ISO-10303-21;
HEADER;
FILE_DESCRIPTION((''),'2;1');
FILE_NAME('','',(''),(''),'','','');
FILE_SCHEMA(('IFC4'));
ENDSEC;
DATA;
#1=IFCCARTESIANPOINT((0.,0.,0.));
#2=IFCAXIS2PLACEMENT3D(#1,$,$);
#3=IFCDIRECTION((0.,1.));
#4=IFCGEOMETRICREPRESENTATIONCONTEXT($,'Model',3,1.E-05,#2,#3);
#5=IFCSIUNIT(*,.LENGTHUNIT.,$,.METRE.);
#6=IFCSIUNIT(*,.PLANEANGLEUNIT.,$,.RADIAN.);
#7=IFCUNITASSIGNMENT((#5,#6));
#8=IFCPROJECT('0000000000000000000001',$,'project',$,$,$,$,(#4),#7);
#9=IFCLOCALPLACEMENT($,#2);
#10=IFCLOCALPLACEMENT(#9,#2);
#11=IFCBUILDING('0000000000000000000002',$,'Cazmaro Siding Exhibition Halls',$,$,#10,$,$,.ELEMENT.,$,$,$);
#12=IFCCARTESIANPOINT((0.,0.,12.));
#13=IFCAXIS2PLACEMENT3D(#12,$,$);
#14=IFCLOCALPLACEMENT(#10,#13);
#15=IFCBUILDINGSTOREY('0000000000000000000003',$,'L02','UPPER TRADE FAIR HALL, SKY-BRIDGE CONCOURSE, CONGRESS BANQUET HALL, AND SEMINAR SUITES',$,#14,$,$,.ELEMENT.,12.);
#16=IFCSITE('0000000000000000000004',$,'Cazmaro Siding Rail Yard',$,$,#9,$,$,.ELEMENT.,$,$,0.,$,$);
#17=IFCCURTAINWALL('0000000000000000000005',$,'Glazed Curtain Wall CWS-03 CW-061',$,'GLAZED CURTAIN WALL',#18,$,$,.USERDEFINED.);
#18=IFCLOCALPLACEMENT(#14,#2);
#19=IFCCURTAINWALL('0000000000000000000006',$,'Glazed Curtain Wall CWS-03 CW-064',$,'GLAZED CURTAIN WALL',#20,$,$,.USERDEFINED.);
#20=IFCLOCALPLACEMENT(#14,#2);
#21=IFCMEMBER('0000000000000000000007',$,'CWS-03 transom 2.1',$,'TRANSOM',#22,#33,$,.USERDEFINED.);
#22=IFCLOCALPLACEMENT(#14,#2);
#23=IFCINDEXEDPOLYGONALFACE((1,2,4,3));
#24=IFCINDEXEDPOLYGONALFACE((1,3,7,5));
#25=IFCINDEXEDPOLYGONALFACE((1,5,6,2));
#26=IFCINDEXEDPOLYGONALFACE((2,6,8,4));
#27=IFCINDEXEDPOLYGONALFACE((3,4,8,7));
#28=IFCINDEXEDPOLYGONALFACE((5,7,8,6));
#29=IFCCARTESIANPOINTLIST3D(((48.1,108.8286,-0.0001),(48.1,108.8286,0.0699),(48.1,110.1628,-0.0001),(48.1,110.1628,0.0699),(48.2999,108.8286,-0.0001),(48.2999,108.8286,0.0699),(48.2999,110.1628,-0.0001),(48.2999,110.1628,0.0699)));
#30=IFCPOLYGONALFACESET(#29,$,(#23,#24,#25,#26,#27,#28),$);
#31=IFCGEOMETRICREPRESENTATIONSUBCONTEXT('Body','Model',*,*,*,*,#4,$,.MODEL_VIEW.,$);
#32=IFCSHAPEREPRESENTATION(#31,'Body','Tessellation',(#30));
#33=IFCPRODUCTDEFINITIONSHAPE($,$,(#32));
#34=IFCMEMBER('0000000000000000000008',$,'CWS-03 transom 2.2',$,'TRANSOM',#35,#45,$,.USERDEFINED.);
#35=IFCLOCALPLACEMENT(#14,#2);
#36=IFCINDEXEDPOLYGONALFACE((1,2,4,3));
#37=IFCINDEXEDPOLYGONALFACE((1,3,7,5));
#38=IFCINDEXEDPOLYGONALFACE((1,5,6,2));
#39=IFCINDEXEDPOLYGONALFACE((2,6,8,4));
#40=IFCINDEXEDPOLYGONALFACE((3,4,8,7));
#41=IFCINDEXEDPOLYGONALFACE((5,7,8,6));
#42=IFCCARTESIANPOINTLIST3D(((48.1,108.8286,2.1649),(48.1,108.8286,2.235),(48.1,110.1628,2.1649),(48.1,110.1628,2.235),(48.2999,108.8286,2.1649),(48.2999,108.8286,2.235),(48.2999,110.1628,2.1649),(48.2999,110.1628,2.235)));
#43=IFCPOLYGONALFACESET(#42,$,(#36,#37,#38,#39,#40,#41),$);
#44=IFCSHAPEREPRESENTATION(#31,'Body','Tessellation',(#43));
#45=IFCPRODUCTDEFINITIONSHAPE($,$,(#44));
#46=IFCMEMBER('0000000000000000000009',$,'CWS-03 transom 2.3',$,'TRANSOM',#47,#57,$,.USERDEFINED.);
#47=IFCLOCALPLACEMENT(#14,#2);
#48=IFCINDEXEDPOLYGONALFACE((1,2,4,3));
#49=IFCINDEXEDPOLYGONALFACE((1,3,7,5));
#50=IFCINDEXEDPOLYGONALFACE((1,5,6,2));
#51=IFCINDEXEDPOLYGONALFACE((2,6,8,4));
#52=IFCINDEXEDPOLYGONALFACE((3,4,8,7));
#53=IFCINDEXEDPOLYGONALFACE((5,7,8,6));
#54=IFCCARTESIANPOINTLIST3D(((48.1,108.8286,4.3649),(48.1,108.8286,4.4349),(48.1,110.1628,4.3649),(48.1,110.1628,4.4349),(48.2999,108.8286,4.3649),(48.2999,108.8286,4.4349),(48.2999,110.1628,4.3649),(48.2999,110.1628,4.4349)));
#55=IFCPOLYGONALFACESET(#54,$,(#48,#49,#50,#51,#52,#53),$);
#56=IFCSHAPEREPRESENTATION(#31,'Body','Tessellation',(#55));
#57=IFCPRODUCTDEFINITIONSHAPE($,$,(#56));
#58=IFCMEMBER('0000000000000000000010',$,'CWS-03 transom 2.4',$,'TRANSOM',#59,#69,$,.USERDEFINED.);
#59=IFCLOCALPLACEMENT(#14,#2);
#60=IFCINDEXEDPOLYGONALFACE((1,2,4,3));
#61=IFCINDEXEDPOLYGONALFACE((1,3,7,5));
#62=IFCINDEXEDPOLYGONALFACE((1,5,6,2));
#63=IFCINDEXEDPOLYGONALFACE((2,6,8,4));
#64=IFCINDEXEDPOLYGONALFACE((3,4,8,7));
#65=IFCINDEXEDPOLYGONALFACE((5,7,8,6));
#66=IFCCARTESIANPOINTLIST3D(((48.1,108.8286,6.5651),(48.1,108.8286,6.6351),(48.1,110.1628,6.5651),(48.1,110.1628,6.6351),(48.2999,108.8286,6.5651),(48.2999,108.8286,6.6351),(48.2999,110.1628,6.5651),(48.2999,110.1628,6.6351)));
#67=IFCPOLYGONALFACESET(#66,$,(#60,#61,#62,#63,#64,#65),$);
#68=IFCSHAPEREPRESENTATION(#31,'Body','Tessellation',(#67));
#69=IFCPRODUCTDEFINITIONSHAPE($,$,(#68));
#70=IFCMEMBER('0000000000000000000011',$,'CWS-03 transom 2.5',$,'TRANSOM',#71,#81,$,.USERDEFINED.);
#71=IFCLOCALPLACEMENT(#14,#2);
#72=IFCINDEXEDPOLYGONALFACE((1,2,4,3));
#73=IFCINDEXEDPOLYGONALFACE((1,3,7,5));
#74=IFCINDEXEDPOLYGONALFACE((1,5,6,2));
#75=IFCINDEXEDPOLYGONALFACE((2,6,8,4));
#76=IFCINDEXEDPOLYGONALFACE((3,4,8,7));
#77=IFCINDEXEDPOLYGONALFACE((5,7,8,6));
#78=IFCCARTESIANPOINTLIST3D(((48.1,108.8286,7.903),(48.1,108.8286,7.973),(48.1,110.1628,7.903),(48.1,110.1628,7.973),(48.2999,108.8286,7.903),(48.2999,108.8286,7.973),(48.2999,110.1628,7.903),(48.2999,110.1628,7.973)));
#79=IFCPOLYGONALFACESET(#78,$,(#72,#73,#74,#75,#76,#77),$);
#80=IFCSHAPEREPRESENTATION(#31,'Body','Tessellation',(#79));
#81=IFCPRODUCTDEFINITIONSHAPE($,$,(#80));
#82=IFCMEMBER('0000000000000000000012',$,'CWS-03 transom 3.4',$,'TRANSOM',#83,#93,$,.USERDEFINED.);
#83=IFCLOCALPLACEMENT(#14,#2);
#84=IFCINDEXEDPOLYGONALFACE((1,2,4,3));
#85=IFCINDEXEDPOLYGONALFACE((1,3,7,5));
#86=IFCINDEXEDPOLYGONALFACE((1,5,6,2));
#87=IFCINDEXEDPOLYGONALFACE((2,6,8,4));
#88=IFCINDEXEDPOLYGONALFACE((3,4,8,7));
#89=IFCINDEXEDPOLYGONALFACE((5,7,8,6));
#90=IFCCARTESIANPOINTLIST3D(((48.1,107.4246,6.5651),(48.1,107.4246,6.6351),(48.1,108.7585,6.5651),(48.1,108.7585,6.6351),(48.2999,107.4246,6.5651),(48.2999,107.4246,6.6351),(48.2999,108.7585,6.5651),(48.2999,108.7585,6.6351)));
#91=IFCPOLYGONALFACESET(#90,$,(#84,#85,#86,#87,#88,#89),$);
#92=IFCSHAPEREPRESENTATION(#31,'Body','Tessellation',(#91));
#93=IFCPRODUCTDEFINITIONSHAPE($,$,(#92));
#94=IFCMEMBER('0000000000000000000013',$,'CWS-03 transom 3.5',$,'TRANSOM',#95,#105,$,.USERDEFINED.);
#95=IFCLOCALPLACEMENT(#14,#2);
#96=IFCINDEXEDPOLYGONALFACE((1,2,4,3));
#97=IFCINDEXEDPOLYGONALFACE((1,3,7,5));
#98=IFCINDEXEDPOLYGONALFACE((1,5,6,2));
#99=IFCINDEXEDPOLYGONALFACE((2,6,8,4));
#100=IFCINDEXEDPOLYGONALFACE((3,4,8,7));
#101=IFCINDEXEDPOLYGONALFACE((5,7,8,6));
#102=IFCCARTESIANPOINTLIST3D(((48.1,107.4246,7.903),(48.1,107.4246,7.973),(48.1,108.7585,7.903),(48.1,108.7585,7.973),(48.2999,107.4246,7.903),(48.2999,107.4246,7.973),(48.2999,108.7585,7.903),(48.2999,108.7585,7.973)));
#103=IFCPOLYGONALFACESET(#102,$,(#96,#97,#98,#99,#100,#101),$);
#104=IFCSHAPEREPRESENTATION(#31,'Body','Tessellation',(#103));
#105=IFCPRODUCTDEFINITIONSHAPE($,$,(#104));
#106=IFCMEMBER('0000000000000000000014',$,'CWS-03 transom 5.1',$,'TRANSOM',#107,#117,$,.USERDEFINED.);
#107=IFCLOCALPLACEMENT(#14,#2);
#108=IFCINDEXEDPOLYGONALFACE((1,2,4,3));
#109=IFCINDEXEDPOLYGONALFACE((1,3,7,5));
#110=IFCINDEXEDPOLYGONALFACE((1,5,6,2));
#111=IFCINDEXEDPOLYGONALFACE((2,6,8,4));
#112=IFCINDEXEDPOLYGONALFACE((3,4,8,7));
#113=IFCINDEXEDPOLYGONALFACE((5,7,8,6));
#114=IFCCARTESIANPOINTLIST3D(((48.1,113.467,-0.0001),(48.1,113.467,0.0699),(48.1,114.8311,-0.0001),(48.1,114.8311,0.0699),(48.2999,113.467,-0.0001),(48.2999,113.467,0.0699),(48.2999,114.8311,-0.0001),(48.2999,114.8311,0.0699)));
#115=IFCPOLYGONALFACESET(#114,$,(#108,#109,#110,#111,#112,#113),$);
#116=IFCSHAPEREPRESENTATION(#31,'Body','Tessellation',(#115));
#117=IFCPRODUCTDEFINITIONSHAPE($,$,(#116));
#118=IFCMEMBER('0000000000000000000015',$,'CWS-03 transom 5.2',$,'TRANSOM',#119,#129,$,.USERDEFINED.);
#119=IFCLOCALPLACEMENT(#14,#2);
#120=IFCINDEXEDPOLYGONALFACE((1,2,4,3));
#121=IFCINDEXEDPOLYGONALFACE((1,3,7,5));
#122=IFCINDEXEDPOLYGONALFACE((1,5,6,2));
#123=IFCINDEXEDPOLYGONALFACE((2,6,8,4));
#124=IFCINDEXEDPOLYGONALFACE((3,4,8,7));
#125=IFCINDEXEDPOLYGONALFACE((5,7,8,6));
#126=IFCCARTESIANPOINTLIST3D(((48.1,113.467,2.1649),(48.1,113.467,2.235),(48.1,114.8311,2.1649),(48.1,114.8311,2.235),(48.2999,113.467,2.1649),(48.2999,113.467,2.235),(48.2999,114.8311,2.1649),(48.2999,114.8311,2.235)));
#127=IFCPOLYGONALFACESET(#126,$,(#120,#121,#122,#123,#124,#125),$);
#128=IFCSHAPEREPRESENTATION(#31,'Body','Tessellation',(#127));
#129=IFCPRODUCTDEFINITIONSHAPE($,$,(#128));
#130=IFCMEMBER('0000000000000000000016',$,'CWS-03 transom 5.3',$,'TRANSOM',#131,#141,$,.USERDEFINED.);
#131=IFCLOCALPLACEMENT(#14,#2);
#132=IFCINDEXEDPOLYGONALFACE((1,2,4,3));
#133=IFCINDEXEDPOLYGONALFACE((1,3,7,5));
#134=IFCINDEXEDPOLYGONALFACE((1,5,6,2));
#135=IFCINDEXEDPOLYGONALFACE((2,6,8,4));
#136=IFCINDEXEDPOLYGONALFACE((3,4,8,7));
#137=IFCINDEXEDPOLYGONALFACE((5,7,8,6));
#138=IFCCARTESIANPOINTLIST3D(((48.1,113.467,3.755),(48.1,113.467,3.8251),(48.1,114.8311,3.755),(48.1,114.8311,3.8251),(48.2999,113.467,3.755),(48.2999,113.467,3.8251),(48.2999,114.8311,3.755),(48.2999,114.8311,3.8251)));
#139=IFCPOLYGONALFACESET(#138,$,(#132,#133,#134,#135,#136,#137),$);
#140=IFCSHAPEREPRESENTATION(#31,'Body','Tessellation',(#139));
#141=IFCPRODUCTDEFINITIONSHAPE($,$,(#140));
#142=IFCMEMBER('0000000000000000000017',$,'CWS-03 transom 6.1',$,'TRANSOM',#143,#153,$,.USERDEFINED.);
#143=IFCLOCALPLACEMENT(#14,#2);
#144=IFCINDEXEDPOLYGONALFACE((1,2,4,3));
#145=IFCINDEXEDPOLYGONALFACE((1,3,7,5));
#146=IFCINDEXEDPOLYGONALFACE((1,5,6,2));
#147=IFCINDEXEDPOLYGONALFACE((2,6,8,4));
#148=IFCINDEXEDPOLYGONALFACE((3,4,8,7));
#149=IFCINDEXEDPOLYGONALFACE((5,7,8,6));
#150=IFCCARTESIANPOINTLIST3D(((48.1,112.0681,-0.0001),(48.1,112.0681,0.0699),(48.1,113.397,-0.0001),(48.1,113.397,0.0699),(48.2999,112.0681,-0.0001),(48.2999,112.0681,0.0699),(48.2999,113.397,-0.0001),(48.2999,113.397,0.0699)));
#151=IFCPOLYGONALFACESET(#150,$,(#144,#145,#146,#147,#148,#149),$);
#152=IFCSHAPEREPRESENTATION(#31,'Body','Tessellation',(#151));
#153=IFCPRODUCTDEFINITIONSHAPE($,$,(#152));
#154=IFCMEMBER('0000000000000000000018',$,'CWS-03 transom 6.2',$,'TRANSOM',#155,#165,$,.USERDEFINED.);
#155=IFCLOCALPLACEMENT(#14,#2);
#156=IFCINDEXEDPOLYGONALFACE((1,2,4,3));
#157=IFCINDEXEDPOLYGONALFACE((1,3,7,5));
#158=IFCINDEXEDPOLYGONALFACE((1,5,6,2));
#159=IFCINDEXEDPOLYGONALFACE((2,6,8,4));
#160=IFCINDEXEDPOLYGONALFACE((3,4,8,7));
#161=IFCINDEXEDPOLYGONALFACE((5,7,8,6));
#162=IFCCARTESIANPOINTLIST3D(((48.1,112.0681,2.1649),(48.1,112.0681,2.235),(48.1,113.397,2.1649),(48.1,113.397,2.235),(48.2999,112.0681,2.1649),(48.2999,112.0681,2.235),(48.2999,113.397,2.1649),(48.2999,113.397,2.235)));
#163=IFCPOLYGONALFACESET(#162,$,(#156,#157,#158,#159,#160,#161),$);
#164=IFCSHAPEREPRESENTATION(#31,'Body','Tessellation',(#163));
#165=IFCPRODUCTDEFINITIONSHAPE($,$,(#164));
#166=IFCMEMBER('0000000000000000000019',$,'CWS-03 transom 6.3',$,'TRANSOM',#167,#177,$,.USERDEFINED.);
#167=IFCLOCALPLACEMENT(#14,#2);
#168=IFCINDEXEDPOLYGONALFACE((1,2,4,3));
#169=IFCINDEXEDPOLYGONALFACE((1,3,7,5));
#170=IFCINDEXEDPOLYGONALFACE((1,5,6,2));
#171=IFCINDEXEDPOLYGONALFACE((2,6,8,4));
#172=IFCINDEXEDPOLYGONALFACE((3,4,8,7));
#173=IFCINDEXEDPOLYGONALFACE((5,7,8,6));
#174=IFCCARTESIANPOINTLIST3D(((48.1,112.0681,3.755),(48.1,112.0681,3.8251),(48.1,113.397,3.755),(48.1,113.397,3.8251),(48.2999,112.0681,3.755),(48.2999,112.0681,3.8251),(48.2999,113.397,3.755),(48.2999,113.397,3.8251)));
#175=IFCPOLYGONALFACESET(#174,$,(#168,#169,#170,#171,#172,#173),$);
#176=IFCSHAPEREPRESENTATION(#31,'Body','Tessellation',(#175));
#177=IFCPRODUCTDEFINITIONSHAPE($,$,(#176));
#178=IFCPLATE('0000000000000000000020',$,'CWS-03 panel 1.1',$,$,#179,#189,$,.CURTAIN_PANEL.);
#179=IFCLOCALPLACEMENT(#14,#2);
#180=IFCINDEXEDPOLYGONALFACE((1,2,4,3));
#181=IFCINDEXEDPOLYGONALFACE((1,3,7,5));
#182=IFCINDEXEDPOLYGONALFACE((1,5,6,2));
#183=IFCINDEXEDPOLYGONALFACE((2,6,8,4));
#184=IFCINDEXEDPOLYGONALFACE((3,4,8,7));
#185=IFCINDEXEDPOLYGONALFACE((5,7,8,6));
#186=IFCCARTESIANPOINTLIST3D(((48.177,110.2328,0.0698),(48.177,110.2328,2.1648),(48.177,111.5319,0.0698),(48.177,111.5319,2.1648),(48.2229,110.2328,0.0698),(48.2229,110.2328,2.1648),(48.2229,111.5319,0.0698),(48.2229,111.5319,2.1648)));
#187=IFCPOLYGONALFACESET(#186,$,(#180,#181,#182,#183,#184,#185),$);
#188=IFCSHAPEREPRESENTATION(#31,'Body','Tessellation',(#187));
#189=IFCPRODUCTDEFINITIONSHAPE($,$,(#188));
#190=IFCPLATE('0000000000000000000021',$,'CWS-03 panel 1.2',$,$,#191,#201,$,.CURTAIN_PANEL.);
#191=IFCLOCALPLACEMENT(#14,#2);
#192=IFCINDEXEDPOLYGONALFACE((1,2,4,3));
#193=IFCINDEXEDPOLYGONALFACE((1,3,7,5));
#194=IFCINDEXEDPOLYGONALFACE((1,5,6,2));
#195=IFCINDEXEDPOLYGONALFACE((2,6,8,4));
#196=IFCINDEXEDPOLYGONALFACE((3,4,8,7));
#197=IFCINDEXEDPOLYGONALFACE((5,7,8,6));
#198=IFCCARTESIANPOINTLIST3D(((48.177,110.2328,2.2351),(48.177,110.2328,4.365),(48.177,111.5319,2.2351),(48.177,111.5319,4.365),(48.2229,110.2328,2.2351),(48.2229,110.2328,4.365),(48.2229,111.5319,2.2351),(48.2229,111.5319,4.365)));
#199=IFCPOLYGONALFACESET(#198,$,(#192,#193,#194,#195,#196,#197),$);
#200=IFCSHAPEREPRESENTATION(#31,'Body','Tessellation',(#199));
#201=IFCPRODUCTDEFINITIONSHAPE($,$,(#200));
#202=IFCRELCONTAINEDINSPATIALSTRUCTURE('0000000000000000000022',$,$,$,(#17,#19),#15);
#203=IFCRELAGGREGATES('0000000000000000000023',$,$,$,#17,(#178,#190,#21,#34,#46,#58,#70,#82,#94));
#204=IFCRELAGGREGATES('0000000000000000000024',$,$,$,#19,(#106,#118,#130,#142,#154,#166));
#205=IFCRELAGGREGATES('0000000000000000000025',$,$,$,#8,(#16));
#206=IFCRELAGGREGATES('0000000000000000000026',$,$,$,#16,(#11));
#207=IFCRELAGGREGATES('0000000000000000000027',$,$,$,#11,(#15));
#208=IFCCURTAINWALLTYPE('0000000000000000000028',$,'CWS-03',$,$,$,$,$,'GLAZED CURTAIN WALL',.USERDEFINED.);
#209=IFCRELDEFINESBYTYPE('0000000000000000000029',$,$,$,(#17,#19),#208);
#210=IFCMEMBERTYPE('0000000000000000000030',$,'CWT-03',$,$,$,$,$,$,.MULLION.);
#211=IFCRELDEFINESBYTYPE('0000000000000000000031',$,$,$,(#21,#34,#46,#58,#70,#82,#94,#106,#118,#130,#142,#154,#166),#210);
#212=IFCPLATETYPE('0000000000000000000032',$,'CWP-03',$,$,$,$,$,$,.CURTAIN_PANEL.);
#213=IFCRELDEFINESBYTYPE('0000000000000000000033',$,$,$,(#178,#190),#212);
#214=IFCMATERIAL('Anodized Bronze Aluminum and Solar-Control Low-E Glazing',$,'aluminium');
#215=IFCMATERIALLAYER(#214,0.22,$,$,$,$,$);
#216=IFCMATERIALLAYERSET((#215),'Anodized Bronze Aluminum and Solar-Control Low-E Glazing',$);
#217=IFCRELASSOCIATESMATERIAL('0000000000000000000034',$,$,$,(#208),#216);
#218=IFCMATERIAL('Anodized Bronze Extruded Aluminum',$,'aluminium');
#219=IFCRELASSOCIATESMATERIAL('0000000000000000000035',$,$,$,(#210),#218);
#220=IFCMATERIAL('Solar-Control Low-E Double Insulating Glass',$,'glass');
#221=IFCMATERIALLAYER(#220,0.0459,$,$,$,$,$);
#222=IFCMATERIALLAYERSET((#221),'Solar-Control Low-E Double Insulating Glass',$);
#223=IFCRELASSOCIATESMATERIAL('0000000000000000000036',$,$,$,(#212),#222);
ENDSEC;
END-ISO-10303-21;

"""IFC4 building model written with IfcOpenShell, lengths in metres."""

from ifc_helpers import new_model, si_unit, direction, frame, origin, origin_2d, place, context, subcontext, project, spatial, rectangle, extrude, material, layer, layer_set, material_profile, profile_set, type_object, element, aggregate, save


model = new_model("IFC4")

# Units and contexts
model_context = context("Model", 3, precision=1e-05, world=origin(), true_north=direction((0.0, 1.0)))
body_context = subcontext(model_context, "Body", "Model", "MODEL_VIEW")
ifc_project = project(units=[si_unit("LENGTHUNIT", "METRE"), si_unit("PLANEANGLEUNIT", "RADIAN")], contexts=[model_context])

# Site, building, storey
site_placement = place(None, origin())
site = spatial("IfcSite", under=ifc_project, at=site_placement, Name="Cazmaro Siding Rail Yard", CompositionType="ELEMENT", RefElevation=0.0)
building_placement = place(site_placement, origin())
building = spatial("IfcBuilding", under=site, at=building_placement, Name="Cazmaro Siding Exhibition Halls", CompositionType="ELEMENT")
storey_placement = place(building_placement, frame((0.0, 0.0, 12.0)))
storey = spatial("IfcBuildingStorey", under=building, at=storey_placement, Name="L02", Description="UPPER TRADE FAIR HALL, SKY-BRIDGE CONCOURSE, CONGRESS BANQUET HALL, AND SEMINAR SUITES", CompositionType="ELEMENT", Elevation=12.0)

# Curtain walls
ifc_material_1 = material(Name="Anodized Bronze Aluminum and Solar-Control Low-E Glazing", Category="aluminium")
ifc_layer_1 = layer(ifc_material_1, 0.22)
ifc_layer_set_1 = layer_set([ifc_layer_1], Name="Anodized Bronze Aluminum and Solar-Control Low-E Glazing")
curtain_wall_type = type_object("IfcCurtainWallType", Name="CWS-03", ElementType="GLAZED CURTAIN WALL", PredefinedType="USERDEFINED", material=ifc_layer_set_1)
curtain_wall_1_placement = place(storey_placement, origin())
curtain_wall_1 = element("IfcCurtainWall", 1, at=curtain_wall_1_placement, inside=storey, type_object=curtain_wall_type, Name="Glazed Curtain Wall CWS-03 CW-061", ObjectType="GLAZED CURTAIN WALL", PredefinedType="USERDEFINED")
curtain_wall_2_placement = place(storey_placement, origin())
curtain_wall_2 = element("IfcCurtainWall", 2, at=curtain_wall_2_placement, inside=storey, type_object=curtain_wall_type, Name="Glazed Curtain Wall CWS-03 CW-064", ObjectType="GLAZED CURTAIN WALL", PredefinedType="USERDEFINED")

# Members
ifc_material_2 = material(Name="Anodized Bronze Extruded Aluminum", Category="aluminium")
ifc_material_profile_1 = material_profile(ifc_material_2, rectangle(XDim=0.2, YDim=0.0701, at=origin_2d()), Name="CWT-03")
ifc_profile_set_1 = profile_set([ifc_material_profile_1], Name="Anodized Bronze Extruded Aluminum")
member_type_1 = type_object("IfcMemberType", Name="CWT-03", PredefinedType="MULLION", material=ifc_profile_set_1)
member_1_placement = place(storey_placement, frame((48.2, 110.1628, 0.0349), z_axis=(0.0, -1.0, 0.0), x_axis=(1.0, 0.0, 0.0)))
member_1 = element("IfcMember", 3, at=member_1_placement, type_object=member_type_1, Name="CWS-03 transom 2.1", ObjectType="TRANSOM", PredefinedType="USERDEFINED", context=body_context, shape_type="SweptSolid", body=[
    extrude(rectangle(XDim=0.2, YDim=0.0701, at=origin_2d()), origin(), (0.0, 0.0, 1.0), 1.3342),
])
member_2_placement = place(storey_placement, frame((48.2, 110.1628, 2.2), z_axis=(0.0, -1.0, 0.0), x_axis=(1.0, 0.0, 0.0)))
member_2 = element("IfcMember", 4, at=member_2_placement, type_object=member_type_1, Name="CWS-03 transom 2.2", ObjectType="TRANSOM", PredefinedType="USERDEFINED", context=body_context, shape_type="SweptSolid", body=[
    extrude(rectangle(XDim=0.2, YDim=0.0701, at=origin_2d()), origin(), (0.0, 0.0, 1.0), 1.3342),
])
member_3_placement = place(storey_placement, frame((48.2, 110.1628, 4.3999), z_axis=(0.0, -1.0, 0.0), x_axis=(1.0, 0.0, 0.0)))
member_3 = element("IfcMember", 5, at=member_3_placement, type_object=member_type_1, Name="CWS-03 transom 2.3", ObjectType="TRANSOM", PredefinedType="USERDEFINED", context=body_context, shape_type="SweptSolid", body=[
    extrude(rectangle(XDim=0.2, YDim=0.0701, at=origin_2d()), origin(), (0.0, 0.0, 1.0), 1.3342),
])
member_4_placement = place(storey_placement, frame((48.2, 110.1628, 6.6001), z_axis=(0.0, -1.0, 0.0), x_axis=(1.0, 0.0, 0.0)))
member_4 = element("IfcMember", 6, at=member_4_placement, type_object=member_type_1, Name="CWS-03 transom 2.4", ObjectType="TRANSOM", PredefinedType="USERDEFINED", context=body_context, shape_type="SweptSolid", body=[
    extrude(rectangle(XDim=0.2, YDim=0.0701, at=origin_2d()), origin(), (0.0, 0.0, 1.0), 1.3342),
])
member_5_placement = place(storey_placement, frame((48.2, 110.1628, 7.938), z_axis=(0.0, -1.0, 0.0), x_axis=(1.0, 0.0, 0.0)))
member_5 = element("IfcMember", 7, at=member_5_placement, type_object=member_type_1, Name="CWS-03 transom 2.5", ObjectType="TRANSOM", PredefinedType="USERDEFINED", context=body_context, shape_type="SweptSolid", body=[
    extrude(rectangle(XDim=0.2, YDim=0.0701, at=origin_2d()), origin(), (0.0, 0.0, 1.0), 1.3342),
])
member_6_placement = place(storey_placement, frame((48.2, 108.7585, 6.6001), z_axis=(0.0, -1.0, 0.0), x_axis=(1.0, 0.0, 0.0)))
member_6 = element("IfcMember", 8, at=member_6_placement, type_object=member_type_1, Name="CWS-03 transom 3.4", ObjectType="TRANSOM", PredefinedType="USERDEFINED", context=body_context, shape_type="SweptSolid", body=[
    extrude(rectangle(XDim=0.2, YDim=0.0701, at=origin_2d()), origin(), (0.0, 0.0, 1.0), 1.334),
])
member_7_placement = place(storey_placement, frame((48.2, 108.7585, 7.938), z_axis=(0.0, -1.0, 0.0), x_axis=(1.0, 0.0, 0.0)))
member_7 = element("IfcMember", 9, at=member_7_placement, type_object=member_type_1, Name="CWS-03 transom 3.5", ObjectType="TRANSOM", PredefinedType="USERDEFINED", context=body_context, shape_type="SweptSolid", body=[
    extrude(rectangle(XDim=0.2, YDim=0.0701, at=origin_2d()), origin(), (0.0, 0.0, 1.0), 1.334),
])
member_8_placement = place(storey_placement, frame((48.2, 114.8311, 0.0349), z_axis=(0.0, -1.0, 0.0), x_axis=(1.0, 0.0, 0.0)))
member_8 = element("IfcMember", 10, at=member_8_placement, type_object=member_type_1, Name="CWS-03 transom 5.1", ObjectType="TRANSOM", PredefinedType="USERDEFINED", context=body_context, shape_type="SweptSolid", body=[
    extrude(rectangle(XDim=0.2, YDim=0.0701, at=origin_2d()), origin(), (0.0, 0.0, 1.0), 1.364),
])
member_9_placement = place(storey_placement, frame((48.2, 114.8311, 2.2), z_axis=(0.0, -1.0, 0.0), x_axis=(1.0, 0.0, 0.0)))
member_9 = element("IfcMember", 11, at=member_9_placement, type_object=member_type_1, Name="CWS-03 transom 5.2", ObjectType="TRANSOM", PredefinedType="USERDEFINED", context=body_context, shape_type="SweptSolid", body=[
    extrude(rectangle(XDim=0.2, YDim=0.0701, at=origin_2d()), origin(), (0.0, 0.0, 1.0), 1.364),
])
member_10_placement = place(storey_placement, frame((48.2, 114.8311, 3.79), z_axis=(0.0, -1.0, 0.0), x_axis=(1.0, 0.0, 0.0)))
member_10 = element("IfcMember", 12, at=member_10_placement, type_object=member_type_1, Name="CWS-03 transom 5.3", ObjectType="TRANSOM", PredefinedType="USERDEFINED", context=body_context, shape_type="SweptSolid", body=[
    extrude(rectangle(XDim=0.2, YDim=0.0701, at=origin_2d()), origin(), (0.0, 0.0, 1.0), 1.364),
])
member_11_placement = place(storey_placement, frame((48.2, 113.397, 0.0349), z_axis=(0.0, -1.0, 0.0), x_axis=(1.0, 0.0, 0.0)))
member_11 = element("IfcMember", 13, at=member_11_placement, type_object=member_type_1, Name="CWS-03 transom 6.1", ObjectType="TRANSOM", PredefinedType="USERDEFINED", context=body_context, shape_type="SweptSolid", body=[
    extrude(rectangle(XDim=0.2, YDim=0.0701, at=origin_2d()), origin(), (0.0, 0.0, 1.0), 1.3289),
])
member_12_placement = place(storey_placement, frame((48.2, 113.397, 2.2), z_axis=(0.0, -1.0, 0.0), x_axis=(1.0, 0.0, 0.0)))
member_12 = element("IfcMember", 14, at=member_12_placement, type_object=member_type_1, Name="CWS-03 transom 6.2", ObjectType="TRANSOM", PredefinedType="USERDEFINED", context=body_context, shape_type="SweptSolid", body=[
    extrude(rectangle(XDim=0.2, YDim=0.0701, at=origin_2d()), origin(), (0.0, 0.0, 1.0), 1.3289),
])
member_13_placement = place(storey_placement, frame((48.2, 113.397, 3.79), z_axis=(0.0, -1.0, 0.0), x_axis=(1.0, 0.0, 0.0)))
member_13 = element("IfcMember", 15, at=member_13_placement, type_object=member_type_1, Name="CWS-03 transom 6.3", ObjectType="TRANSOM", PredefinedType="USERDEFINED", context=body_context, shape_type="SweptSolid", body=[
    extrude(rectangle(XDim=0.2, YDim=0.0701, at=origin_2d()), origin(), (0.0, 0.0, 1.0), 1.3289),
])

# Plates
ifc_material_3 = material(Name="Solar-Control Low-E Double Insulating Glass", Category="glass")
ifc_layer_2 = layer(ifc_material_3, 0.0459)
ifc_layer_set_2 = layer_set([ifc_layer_2], Name="Solar-Control Low-E Double Insulating Glass")
plate_type = type_object("IfcPlateType", Name="CWP-03", PredefinedType="CURTAIN_PANEL", material=ifc_layer_set_2)
plate_1_placement = place(storey_placement, frame((48.2, 110.8823, 0.0698), z_axis=(0.0, 0.0, 1.0), x_axis=(0.0, -1.0, 0.0)))
plate_1 = element("IfcPlate", 16, at=plate_1_placement, type_object=plate_type, Name="CWS-03 panel 1.1", PredefinedType="CURTAIN_PANEL", context=body_context, shape_type="SweptSolid", body=[
    extrude(rectangle(XDim=1.2991, YDim=0.0459, at=origin_2d()), origin(), (0.0, 0.0, 1.0), 2.095),
])
plate_2_placement = place(storey_placement, frame((48.2, 110.8823, 2.2351), z_axis=(0.0, 0.0, 1.0), x_axis=(0.0, -1.0, 0.0)))
plate_2 = element("IfcPlate", 17, at=plate_2_placement, type_object=plate_type, Name="CWS-03 panel 1.2", PredefinedType="CURTAIN_PANEL", context=body_context, shape_type="SweptSolid", body=[
    extrude(rectangle(XDim=1.2991, YDim=0.0459, at=origin_2d()), origin(), (0.0, 0.0, 1.0), 2.1299),
])
aggregate(curtain_wall_1, [plate_1, plate_2, member_1, member_2, member_3, member_4, member_5, member_6, member_7])
aggregate(curtain_wall_2, [member_8, member_9, member_10, member_11, member_12, member_13])

save(model, "model.ifc")
